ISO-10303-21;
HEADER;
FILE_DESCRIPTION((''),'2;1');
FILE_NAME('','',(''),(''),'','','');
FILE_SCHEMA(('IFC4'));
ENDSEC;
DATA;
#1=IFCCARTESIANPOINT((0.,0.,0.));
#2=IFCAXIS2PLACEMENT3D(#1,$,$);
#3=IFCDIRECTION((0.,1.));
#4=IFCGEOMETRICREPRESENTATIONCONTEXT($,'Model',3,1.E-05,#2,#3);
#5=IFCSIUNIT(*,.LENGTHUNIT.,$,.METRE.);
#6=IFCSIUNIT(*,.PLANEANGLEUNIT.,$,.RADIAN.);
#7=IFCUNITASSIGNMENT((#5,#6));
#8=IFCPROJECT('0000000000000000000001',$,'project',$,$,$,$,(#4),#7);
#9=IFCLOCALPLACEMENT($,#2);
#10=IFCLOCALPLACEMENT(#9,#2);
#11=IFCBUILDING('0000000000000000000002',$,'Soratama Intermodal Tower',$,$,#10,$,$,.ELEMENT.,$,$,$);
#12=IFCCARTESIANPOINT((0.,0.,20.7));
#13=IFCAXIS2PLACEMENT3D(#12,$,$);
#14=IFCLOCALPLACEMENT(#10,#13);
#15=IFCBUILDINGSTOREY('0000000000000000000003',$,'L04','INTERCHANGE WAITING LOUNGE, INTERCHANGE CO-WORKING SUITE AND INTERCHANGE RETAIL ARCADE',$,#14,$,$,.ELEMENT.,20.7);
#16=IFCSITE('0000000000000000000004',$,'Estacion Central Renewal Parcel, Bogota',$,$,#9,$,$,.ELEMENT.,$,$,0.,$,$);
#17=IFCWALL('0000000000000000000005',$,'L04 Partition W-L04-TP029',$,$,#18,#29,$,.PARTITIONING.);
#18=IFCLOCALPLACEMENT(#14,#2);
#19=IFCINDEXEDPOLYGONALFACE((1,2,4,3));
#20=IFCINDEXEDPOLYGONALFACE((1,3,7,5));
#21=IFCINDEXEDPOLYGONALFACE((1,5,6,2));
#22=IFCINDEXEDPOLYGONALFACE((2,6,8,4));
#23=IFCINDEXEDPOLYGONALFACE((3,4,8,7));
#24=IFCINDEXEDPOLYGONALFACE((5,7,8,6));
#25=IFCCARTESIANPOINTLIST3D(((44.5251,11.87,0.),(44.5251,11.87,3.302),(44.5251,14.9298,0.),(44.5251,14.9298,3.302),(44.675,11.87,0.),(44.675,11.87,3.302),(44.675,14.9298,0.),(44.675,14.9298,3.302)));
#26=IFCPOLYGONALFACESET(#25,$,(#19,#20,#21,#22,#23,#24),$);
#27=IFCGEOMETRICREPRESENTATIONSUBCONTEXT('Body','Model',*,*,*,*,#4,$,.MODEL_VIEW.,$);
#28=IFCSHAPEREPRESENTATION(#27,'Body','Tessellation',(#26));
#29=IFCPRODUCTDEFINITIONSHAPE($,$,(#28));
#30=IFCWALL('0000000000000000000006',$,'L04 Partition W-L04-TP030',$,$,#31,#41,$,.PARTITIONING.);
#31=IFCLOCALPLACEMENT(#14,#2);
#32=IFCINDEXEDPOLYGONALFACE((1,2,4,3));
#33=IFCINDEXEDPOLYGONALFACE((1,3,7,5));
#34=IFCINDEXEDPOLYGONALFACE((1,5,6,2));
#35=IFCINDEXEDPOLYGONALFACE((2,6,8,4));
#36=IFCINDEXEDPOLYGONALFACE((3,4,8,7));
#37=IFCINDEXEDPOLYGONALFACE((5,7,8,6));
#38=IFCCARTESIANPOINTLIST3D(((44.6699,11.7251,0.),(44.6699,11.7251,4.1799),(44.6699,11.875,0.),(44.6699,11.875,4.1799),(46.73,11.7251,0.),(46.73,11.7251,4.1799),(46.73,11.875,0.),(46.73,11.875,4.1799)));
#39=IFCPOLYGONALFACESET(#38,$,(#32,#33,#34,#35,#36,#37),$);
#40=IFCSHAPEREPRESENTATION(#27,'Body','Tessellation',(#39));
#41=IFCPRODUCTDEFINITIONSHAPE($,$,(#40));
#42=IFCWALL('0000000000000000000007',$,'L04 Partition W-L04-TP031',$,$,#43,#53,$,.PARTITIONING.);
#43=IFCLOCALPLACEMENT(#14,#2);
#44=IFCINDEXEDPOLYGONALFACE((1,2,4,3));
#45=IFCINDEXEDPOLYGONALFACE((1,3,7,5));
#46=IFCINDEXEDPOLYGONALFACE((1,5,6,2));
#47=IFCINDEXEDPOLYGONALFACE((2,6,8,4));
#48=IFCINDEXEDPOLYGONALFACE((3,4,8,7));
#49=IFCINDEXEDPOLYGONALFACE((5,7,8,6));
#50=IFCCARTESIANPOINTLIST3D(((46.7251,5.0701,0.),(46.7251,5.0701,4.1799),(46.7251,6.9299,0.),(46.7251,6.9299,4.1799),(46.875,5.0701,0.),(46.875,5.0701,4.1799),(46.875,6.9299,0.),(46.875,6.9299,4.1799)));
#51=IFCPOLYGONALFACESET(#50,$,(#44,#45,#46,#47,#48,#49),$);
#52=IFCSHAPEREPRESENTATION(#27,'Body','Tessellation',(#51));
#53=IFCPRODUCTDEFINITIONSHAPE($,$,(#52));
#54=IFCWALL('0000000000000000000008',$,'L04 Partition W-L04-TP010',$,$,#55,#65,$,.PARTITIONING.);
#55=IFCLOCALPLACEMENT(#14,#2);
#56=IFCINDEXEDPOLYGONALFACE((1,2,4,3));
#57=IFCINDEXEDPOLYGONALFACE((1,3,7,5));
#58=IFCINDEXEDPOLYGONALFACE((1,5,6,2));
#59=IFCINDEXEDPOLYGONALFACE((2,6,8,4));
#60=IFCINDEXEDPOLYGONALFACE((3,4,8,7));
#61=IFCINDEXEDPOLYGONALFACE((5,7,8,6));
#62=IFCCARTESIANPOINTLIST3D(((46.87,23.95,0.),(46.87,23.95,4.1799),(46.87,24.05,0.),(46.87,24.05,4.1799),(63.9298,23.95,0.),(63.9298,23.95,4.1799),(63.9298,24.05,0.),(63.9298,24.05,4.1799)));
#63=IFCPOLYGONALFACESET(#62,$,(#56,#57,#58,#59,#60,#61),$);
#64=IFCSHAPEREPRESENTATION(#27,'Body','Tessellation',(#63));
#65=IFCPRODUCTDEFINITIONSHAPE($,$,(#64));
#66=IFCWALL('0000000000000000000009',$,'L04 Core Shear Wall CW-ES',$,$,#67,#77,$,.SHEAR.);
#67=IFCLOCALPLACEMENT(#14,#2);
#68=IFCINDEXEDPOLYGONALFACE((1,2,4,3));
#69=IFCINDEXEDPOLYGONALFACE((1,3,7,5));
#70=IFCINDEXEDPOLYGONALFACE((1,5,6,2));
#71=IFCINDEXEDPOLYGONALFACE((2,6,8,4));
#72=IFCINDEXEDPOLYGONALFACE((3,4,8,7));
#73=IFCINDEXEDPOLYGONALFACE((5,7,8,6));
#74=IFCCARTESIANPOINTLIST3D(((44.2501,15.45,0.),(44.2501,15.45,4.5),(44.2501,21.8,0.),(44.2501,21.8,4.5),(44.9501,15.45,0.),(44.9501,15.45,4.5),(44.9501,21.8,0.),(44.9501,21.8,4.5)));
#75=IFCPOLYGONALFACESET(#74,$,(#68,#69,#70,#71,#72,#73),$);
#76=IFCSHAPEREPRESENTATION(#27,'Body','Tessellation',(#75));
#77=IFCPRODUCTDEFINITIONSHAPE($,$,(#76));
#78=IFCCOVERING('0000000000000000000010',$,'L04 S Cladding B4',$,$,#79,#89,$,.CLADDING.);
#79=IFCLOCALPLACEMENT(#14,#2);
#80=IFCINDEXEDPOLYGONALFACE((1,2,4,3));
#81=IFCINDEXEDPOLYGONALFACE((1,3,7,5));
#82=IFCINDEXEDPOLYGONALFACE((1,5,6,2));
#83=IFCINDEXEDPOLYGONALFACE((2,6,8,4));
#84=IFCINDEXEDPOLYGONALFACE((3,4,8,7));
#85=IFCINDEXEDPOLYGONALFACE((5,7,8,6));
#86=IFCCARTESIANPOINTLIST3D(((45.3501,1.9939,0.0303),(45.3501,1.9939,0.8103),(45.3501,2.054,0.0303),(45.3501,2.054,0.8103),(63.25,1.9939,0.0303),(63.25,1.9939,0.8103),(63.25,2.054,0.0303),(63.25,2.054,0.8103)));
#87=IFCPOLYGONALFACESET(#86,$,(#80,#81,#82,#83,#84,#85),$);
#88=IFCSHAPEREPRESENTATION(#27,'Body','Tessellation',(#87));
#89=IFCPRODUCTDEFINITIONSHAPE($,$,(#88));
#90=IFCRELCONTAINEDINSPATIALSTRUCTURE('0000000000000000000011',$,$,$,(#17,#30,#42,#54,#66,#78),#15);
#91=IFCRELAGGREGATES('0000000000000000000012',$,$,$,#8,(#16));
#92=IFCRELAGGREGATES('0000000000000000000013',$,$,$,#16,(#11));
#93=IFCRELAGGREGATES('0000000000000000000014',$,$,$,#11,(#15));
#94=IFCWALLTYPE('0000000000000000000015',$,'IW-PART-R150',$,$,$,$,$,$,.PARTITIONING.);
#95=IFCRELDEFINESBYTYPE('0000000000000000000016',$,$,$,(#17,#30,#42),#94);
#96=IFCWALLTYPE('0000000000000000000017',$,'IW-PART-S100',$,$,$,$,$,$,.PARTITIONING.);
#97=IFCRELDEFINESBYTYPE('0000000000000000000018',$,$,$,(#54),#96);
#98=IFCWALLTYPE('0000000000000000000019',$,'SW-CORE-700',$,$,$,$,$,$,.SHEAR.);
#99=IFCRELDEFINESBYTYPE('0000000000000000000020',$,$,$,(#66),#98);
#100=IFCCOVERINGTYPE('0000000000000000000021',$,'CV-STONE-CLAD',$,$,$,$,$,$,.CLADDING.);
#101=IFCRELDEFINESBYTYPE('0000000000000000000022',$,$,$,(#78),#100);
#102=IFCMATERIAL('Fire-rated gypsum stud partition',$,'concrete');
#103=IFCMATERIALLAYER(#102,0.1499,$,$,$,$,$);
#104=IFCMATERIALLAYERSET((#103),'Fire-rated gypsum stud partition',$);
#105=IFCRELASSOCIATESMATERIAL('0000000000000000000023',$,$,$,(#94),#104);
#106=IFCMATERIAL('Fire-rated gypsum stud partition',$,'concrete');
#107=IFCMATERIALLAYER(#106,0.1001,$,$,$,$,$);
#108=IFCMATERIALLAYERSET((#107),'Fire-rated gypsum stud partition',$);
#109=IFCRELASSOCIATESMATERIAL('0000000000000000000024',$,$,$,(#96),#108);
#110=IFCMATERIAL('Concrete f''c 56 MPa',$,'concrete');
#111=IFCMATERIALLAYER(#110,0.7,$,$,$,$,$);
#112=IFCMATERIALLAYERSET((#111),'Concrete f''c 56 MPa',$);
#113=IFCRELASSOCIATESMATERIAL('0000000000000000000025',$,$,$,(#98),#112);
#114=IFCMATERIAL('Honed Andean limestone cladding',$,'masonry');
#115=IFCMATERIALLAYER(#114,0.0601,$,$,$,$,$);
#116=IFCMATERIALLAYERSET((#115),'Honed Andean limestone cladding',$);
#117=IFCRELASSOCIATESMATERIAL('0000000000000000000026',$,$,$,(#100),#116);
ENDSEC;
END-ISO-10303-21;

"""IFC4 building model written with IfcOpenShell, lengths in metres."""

from ifc_helpers import new_model, si_unit, direction, frame, frame_2d, origin, origin_2d, place, context, subcontext, project, spatial, rectangle, extrude, material, layer, layer_set, type_object, element, save


model = new_model("IFC4")

# Units and contexts
model_context = context("Model", 3, precision=1e-05, world=origin(), true_north=direction((0.0, 1.0)))
body_context = subcontext(model_context, "Body", "Model", "MODEL_VIEW")
ifc_project = project(units=[si_unit("LENGTHUNIT", "METRE"), si_unit("PLANEANGLEUNIT", "RADIAN")], contexts=[model_context])

# Site, building, storey
site_placement = place(None, origin())
site = spatial("IfcSite", under=ifc_project, at=site_placement, Name="Estacion Central Renewal Parcel, Bogota", CompositionType="ELEMENT", RefElevation=0.0)
building_placement = place(site_placement, origin())
building = spatial("IfcBuilding", under=site, at=building_placement, Name="Soratama Intermodal Tower", CompositionType="ELEMENT")
storey_placement = place(building_placement, frame((0.0, 0.0, 20.7)))
storey = spatial("IfcBuildingStorey", under=building, at=storey_placement, Name="L04", Description="INTERCHANGE WAITING LOUNGE, INTERCHANGE CO-WORKING SUITE AND INTERCHANGE RETAIL ARCADE", CompositionType="ELEMENT", Elevation=20.7)

# Shared definitions
ifc_material_1 = material(Name="Fire-rated gypsum stud partition", Category="concrete")
ifc_layer_1 = layer(ifc_material_1, 0.1499)
ifc_layer_set_1 = layer_set([ifc_layer_1], Name="Fire-rated gypsum stud partition")
wall_type_1 = type_object("IfcWallType", Name="IW-PART-R150", PredefinedType="PARTITIONING", material=ifc_layer_set_1)

# Walls
wall_1_placement = place(storey_placement, frame((44.6001, 11.8701, 0.0), z_axis=(0.0, 0.0, 1.0), x_axis=(0.0, 1.0, 0.0)))
element("IfcWall", 1, at=wall_1_placement, inside=storey, type_object=wall_type_1, Name="L04 Partition W-L04-TP029", PredefinedType="PARTITIONING", context=body_context, shape_type="SweptSolid", body=[
    extrude(rectangle(XDim=3.0598, YDim=0.1499, at=frame_2d((1.5298, 0.0))), origin(), (0.0, 0.0, 1.0), 3.302),
])
wall_2_placement = place(storey_placement, frame((46.73, 11.8, 0.0), z_axis=(0.0, 0.0, 1.0), x_axis=(-1.0, 0.0, 0.0)))
element("IfcWall", 2, at=wall_2_placement, inside=storey, type_object=wall_type_1, Name="L04 Partition W-L04-TP030", PredefinedType="PARTITIONING", context=body_context, shape_type="SweptSolid", body=[
    extrude(rectangle(XDim=2.0601, YDim=0.1499, at=frame_2d((1.03, 0.0))), origin(), (0.0, 0.0, 1.0), 4.1799),
])
wall_3_placement = place(storey_placement, frame((46.8, 6.9299, 0.0), z_axis=(0.0, 0.0, 1.0), x_axis=(0.0, -1.0, 0.0)))
element("IfcWall", 3, at=wall_3_placement, inside=storey, type_object=wall_type_1, Name="L04 Partition W-L04-TP031", PredefinedType="PARTITIONING", context=body_context, shape_type="SweptSolid", body=[
    extrude(rectangle(XDim=1.8599, YDim=0.1499, at=frame_2d((0.9299, 0.0))), origin(), (0.0, 0.0, 1.0), 4.1799),
])
ifc_material_2 = material(Name="Fire-rated gypsum stud partition", Category="concrete")
ifc_layer_2 = layer(ifc_material_2, 0.1001)
ifc_layer_set_2 = layer_set([ifc_layer_2], Name="Fire-rated gypsum stud partition")
wall_type_2 = type_object("IfcWallType", Name="IW-PART-S100", PredefinedType="PARTITIONING", material=ifc_layer_set_2)
wall_4_placement = place(storey_placement, frame((46.8701, 24.0, 0.0), z_axis=(0.0, 0.0, 1.0), x_axis=(1.0, 0.0, 0.0)))
element("IfcWall", 4, at=wall_4_placement, inside=storey, type_object=wall_type_2, Name="L04 Partition W-L04-TP010", PredefinedType="PARTITIONING", context=body_context, shape_type="SweptSolid", body=[
    extrude(rectangle(XDim=17.0598, YDim=0.1001, at=frame_2d((8.5298, 0.0))), origin(), (0.0, 0.0, 1.0), 4.1799),
])
ifc_material_3 = material(Name="Concrete f'c 56 MPa", Category="concrete")
ifc_layer_3 = layer(ifc_material_3, 0.7)
ifc_layer_set_3 = layer_set([ifc_layer_3], Name="Concrete f'c 56 MPa")
wall_type_3 = type_object("IfcWallType", Name="SW-CORE-700", PredefinedType="SHEAR", material=ifc_layer_set_3)
wall_5_placement = place(storey_placement, frame((44.6001, 15.45, 0.0), z_axis=(0.0, 0.0, 1.0), x_axis=(0.0, 1.0, 0.0)))
element("IfcWall", 5, at=wall_5_placement, inside=storey, type_object=wall_type_3, Name="L04 Core Shear Wall CW-ES", PredefinedType="SHEAR", context=body_context, shape_type="SweptSolid", body=[
    extrude(rectangle(XDim=6.3501, YDim=0.7, at=frame_2d((3.175, 0.0))), origin(), (0.0, 0.0, 1.0), 4.5),
])

# Covering
ifc_material_4 = material(Name="Honed Andean limestone cladding", Category="masonry")
ifc_layer_4 = layer(ifc_material_4, 0.0601)
ifc_layer_set_4 = layer_set([ifc_layer_4], Name="Honed Andean limestone cladding")
covering_type = type_object("IfcCoveringType", Name="CV-STONE-CLAD", PredefinedType="CLADDING", material=ifc_layer_set_4)
covering_placement = place(storey_placement, frame((54.3, 2.0239, 0.0303), z_axis=(0.0, 0.0, 1.0), x_axis=(1.0, 0.0, 0.0)))
element("IfcCovering", 6, at=covering_placement, inside=storey, type_object=covering_type, Name="L04 S Cladding B4", PredefinedType="CLADDING", context=body_context, shape_type="SweptSolid", body=[
    extrude(rectangle(XDim=17.8999, YDim=0.0601, at=origin_2d()), origin(), (0.0, 0.0, 1.0), 0.78),
])

save(model, "model.ifc")
